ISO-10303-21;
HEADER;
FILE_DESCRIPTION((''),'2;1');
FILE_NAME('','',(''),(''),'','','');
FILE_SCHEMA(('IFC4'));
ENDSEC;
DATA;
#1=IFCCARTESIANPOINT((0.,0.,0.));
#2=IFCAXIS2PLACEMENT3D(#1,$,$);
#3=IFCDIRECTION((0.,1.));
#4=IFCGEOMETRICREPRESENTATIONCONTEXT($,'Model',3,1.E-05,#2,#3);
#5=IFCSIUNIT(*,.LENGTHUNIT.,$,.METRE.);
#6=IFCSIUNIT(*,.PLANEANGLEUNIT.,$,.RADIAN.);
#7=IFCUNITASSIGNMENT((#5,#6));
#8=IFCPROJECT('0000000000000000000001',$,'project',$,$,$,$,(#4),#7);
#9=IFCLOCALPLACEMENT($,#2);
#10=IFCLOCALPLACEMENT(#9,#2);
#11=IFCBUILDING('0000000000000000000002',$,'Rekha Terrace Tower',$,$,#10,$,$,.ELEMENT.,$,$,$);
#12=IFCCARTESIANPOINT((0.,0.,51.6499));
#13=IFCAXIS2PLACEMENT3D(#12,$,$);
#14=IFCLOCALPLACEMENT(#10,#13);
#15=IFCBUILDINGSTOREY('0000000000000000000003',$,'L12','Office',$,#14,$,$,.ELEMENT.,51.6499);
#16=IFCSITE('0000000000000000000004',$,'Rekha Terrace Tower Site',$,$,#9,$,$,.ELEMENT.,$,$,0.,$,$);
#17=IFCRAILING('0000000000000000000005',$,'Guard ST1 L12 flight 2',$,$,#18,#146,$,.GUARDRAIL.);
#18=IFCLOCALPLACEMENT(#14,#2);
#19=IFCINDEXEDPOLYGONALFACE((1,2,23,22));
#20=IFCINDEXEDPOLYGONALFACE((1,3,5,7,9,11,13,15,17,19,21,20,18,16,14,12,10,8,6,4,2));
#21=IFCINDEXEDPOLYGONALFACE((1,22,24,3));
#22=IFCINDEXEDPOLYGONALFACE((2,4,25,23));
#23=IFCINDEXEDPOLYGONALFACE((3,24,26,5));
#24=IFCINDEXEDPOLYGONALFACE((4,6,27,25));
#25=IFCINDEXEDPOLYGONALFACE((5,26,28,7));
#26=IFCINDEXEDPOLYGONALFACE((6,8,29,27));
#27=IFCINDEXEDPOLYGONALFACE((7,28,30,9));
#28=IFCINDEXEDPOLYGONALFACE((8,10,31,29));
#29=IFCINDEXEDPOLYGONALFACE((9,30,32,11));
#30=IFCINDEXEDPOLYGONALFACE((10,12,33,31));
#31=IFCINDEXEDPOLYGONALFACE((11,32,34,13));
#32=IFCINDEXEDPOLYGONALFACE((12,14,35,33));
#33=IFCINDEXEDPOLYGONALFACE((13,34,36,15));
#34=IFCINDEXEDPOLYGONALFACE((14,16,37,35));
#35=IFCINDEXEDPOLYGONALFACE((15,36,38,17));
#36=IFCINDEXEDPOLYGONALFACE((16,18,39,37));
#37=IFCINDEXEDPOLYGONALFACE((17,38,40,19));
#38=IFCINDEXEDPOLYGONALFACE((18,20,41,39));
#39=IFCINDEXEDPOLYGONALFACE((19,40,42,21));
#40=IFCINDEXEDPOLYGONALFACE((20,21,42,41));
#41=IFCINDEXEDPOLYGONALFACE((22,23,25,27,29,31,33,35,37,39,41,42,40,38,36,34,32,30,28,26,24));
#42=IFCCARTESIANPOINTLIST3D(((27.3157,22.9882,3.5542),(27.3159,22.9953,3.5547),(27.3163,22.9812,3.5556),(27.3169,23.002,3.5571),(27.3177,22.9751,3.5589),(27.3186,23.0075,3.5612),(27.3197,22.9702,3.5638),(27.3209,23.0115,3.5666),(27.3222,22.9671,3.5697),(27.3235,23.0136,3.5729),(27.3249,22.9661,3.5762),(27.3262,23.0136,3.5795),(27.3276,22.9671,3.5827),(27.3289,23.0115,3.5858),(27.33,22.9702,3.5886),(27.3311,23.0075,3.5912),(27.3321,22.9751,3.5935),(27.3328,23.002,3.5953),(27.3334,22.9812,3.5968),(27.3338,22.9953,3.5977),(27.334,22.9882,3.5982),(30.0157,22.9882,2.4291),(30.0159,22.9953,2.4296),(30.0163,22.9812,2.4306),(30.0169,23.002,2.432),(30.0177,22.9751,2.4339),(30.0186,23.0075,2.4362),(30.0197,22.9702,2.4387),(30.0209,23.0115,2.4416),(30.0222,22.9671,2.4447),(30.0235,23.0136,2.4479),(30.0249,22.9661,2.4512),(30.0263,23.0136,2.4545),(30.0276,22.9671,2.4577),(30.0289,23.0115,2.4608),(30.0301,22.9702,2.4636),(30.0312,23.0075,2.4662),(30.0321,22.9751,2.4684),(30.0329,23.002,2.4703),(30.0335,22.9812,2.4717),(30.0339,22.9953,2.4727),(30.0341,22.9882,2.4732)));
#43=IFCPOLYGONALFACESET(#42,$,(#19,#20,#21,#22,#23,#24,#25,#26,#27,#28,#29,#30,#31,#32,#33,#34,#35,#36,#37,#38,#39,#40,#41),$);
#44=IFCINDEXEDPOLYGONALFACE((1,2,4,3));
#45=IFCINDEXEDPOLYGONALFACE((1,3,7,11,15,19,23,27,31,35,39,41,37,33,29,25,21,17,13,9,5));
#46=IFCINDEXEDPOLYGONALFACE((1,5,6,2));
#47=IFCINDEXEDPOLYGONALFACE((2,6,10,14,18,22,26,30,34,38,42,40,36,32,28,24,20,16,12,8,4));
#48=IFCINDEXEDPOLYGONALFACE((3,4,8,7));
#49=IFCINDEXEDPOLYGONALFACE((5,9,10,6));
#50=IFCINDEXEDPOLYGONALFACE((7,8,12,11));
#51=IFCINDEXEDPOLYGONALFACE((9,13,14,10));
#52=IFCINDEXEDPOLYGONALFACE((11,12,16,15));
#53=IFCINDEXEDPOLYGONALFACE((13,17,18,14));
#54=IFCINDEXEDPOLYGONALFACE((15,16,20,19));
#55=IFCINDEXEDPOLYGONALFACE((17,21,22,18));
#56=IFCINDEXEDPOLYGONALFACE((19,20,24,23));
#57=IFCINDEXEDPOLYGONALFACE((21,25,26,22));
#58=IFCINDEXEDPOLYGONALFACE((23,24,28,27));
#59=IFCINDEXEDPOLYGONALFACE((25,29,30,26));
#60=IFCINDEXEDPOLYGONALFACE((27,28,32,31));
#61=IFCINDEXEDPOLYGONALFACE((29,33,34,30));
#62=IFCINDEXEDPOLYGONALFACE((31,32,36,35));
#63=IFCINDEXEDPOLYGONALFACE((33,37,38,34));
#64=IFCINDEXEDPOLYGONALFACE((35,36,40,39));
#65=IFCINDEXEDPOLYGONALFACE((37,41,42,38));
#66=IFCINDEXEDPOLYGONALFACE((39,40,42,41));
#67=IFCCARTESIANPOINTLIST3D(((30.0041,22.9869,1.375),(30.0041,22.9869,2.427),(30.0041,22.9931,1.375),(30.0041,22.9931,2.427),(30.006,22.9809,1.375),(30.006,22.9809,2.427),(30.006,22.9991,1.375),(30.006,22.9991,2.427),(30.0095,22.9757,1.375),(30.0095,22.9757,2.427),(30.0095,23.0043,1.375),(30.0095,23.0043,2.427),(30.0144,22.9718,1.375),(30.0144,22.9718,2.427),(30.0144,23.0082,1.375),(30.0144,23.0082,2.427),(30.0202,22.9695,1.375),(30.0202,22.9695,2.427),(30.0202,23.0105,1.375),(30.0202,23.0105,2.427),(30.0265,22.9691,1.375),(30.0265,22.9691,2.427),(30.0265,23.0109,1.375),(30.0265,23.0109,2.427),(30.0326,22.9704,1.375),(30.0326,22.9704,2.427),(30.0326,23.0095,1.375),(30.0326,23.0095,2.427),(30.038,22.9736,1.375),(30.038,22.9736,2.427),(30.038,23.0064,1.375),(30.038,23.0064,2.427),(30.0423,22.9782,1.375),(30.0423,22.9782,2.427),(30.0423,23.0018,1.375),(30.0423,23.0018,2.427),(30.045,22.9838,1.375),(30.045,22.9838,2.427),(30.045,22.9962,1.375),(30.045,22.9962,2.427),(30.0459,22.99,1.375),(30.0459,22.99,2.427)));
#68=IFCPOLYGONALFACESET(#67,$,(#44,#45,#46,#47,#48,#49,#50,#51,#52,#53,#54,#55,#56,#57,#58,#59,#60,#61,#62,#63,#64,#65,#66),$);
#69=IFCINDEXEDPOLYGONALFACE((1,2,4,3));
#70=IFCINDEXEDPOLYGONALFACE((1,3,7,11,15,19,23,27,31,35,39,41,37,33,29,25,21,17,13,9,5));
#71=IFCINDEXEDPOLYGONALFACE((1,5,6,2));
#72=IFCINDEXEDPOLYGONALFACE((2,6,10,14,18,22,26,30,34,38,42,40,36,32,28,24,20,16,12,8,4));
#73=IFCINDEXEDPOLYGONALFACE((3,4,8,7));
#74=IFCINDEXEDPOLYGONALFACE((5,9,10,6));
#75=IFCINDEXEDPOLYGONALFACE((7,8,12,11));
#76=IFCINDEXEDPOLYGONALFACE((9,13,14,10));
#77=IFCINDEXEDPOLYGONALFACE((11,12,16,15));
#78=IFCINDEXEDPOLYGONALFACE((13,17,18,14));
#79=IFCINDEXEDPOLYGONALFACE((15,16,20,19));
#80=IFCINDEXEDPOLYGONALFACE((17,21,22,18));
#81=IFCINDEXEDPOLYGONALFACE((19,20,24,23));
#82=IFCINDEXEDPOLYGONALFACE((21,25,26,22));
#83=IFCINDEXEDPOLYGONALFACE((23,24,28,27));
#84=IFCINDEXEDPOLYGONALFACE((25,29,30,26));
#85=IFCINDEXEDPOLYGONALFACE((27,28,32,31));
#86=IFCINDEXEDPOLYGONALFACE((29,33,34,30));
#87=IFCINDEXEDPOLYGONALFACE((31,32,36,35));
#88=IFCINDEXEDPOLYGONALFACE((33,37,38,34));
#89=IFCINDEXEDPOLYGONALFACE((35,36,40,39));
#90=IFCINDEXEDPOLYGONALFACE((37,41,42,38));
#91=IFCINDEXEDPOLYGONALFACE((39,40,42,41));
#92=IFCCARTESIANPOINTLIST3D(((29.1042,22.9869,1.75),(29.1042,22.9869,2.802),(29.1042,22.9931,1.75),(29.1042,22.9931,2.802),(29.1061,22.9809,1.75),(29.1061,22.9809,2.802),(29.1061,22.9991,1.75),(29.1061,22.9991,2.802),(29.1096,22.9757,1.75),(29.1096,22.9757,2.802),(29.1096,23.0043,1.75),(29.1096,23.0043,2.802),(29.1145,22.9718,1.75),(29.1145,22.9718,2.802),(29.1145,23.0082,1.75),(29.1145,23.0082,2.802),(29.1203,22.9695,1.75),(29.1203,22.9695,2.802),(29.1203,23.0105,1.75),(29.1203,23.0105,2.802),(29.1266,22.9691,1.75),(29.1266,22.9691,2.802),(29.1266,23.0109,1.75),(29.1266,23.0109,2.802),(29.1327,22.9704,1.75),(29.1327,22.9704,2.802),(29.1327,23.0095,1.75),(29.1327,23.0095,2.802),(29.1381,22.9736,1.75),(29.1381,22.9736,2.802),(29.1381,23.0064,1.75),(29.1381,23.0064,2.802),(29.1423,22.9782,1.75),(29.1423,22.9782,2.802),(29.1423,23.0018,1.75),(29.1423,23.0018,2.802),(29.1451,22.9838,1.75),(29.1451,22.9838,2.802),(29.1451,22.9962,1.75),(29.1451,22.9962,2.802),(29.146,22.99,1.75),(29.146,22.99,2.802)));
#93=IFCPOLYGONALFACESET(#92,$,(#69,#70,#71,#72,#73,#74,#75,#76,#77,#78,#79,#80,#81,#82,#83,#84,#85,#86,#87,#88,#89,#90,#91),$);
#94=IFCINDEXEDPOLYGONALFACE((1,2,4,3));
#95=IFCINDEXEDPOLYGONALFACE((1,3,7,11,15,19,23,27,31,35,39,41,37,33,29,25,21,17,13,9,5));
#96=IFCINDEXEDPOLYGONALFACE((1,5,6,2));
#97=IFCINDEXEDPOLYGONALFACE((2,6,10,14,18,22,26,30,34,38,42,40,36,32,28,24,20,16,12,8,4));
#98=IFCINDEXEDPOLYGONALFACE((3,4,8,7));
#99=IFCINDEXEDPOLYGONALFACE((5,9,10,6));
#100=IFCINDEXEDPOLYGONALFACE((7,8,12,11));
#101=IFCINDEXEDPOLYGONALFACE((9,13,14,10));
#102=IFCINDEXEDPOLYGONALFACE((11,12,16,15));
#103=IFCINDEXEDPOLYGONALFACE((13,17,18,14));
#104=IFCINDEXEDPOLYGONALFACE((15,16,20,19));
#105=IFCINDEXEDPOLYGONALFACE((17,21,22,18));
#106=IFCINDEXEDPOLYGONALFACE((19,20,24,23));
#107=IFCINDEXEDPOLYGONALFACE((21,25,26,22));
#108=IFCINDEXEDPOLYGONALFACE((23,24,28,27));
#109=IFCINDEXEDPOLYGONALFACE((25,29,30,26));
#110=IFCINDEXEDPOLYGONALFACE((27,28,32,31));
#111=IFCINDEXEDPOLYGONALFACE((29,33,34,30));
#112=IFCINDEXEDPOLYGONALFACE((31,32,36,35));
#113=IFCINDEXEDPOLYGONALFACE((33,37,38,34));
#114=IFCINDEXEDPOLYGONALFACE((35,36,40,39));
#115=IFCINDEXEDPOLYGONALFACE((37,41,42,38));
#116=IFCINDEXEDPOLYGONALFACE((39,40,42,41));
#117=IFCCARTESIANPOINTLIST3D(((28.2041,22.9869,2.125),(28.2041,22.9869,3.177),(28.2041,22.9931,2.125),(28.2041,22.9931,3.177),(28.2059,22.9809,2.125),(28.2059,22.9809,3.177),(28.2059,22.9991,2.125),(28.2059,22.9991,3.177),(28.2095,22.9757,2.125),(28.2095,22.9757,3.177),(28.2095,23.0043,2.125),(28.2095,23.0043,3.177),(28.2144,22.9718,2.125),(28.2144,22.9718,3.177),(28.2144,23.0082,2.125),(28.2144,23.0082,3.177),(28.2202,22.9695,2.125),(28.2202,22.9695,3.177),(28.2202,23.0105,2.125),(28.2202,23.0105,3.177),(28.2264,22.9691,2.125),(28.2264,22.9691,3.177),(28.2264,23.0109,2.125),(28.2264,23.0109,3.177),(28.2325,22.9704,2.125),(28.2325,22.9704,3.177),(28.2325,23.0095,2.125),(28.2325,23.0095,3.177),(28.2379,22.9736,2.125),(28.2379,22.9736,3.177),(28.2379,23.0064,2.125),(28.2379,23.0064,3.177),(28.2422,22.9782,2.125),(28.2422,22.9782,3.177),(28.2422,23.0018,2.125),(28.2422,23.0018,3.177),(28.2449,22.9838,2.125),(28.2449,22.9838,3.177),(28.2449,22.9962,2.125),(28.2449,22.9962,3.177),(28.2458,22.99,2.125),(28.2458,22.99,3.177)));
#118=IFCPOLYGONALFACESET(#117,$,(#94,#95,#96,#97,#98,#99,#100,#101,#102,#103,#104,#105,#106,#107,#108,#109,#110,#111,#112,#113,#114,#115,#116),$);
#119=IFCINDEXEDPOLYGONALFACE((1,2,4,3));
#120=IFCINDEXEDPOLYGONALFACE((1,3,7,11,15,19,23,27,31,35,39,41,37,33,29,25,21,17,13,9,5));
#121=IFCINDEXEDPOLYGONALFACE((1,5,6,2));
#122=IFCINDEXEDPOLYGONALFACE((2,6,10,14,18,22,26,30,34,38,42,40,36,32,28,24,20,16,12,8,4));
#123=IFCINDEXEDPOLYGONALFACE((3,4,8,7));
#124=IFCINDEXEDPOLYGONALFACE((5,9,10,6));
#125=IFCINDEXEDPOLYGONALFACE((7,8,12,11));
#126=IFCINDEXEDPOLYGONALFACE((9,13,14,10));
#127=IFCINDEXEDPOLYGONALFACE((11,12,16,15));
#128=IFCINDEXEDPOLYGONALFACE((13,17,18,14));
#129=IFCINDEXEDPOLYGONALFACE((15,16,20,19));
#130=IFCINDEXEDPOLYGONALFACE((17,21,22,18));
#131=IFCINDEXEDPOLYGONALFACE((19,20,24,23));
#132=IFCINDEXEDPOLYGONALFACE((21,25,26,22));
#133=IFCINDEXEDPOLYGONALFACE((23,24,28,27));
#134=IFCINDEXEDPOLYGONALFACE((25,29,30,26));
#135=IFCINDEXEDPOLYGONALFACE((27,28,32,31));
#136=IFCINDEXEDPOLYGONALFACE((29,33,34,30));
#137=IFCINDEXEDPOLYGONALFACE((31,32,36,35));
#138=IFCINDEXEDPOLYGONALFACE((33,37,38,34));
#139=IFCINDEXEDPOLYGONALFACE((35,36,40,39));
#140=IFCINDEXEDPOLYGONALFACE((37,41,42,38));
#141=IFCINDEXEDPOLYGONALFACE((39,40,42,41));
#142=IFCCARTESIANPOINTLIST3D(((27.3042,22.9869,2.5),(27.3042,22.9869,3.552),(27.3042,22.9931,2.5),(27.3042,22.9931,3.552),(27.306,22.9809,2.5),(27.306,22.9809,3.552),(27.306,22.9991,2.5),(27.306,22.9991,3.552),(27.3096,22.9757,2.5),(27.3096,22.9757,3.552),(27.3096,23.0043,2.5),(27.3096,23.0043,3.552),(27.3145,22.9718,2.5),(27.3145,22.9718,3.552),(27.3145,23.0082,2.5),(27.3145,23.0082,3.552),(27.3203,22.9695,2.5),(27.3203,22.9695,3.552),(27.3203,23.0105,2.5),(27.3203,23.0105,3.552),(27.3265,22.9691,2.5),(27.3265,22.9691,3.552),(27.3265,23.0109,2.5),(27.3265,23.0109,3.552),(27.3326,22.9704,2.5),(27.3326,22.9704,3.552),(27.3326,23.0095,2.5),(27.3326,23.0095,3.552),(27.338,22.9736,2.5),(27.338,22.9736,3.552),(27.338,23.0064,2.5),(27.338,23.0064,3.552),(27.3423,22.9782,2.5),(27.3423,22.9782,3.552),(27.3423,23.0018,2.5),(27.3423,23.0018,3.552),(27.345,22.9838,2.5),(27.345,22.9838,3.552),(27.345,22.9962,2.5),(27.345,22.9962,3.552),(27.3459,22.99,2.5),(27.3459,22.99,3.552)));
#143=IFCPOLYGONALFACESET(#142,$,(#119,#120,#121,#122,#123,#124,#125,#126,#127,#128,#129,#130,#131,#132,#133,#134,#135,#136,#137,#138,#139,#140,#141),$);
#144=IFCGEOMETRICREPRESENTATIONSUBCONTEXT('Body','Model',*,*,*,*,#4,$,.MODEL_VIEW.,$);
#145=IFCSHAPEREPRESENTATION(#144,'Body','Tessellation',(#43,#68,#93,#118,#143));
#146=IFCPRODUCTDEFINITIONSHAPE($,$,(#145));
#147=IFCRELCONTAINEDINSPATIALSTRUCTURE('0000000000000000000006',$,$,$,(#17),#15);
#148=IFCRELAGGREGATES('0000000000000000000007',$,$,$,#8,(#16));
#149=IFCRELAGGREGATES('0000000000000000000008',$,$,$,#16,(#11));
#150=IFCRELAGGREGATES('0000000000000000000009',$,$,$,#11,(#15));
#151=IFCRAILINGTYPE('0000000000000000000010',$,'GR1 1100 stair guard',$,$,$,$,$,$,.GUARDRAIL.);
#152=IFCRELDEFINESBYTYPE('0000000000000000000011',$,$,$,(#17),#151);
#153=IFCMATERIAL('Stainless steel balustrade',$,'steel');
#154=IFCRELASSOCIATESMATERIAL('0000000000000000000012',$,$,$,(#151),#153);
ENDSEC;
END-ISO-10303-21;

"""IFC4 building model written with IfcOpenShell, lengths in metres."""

from ifc_helpers import new_model, si_unit, direction, frame, origin, origin_2d, place, context, subcontext, project, spatial, circle, extrude, material, type_object, element, save


model = new_model("IFC4")

# Units and contexts
model_context = context("Model", 3, precision=1e-05, world=origin(), true_north=direction((0.0, 1.0)))
body_context = subcontext(model_context, "Body", "Model", "MODEL_VIEW")
ifc_project = project(units=[si_unit("LENGTHUNIT", "METRE"), si_unit("PLANEANGLEUNIT", "RADIAN")], contexts=[model_context])

# Site, building, storey
site_placement = place(None, origin())
site = spatial("IfcSite", under=ifc_project, at=site_placement, Name="Rekha Terrace Tower Site", CompositionType="ELEMENT", RefElevation=0.0)
building_placement = place(site_placement, origin())
building = spatial("IfcBuilding", under=site, at=building_placement, Name="Rekha Terrace Tower", CompositionType="ELEMENT")
storey_placement = place(building_placement, frame((0.0, 0.0, 51.6499)))
storey = spatial("IfcBuildingStorey", under=building, at=storey_placement, Name="L12", Description="Office", CompositionType="ELEMENT", Elevation=51.6499)

# Railing
ifc_material_1 = material(Name="Stainless steel balustrade", Category="steel")
railing_type_1 = type_object("IfcRailingType", Name="GR1 1100 stair guard", PredefinedType="GUARDRAIL", material=ifc_material_1)
railing_1_placement = place(storey_placement, frame((30.0249, 22.99, 1.375)))
element("IfcRailing", 1, at=railing_1_placement, inside=storey, type_object=railing_type_1, Name="Guard ST1 L12 flight 2", PredefinedType="GUARDRAIL", context=body_context, shape_type="SweptSolid", body=[
    extrude(circle(Radius=0.0239, at=origin_2d()), frame((0.0, 0.0, 1.0762), z_axis=(-0.923074, 0.0, 0.384621), x_axis=(0.0, -1.0, 0.0)), (0.0, 0.0, 1.0), 2.925),
    extrude(circle(Radius=0.021, at=origin_2d()), origin(), (0.0, 0.0, 1.0), 1.052),
    extrude(circle(Radius=0.021, at=origin_2d()), frame((-0.8999, 0.0, 0.375)), (0.0, 0.0, 1.0), 1.052),
    extrude(circle(Radius=0.021, at=origin_2d()), frame((-1.8, 0.0, 0.75)), (0.0, 0.0, 1.0), 1.052),
    extrude(circle(Radius=0.021, at=origin_2d()), frame((-2.7, 0.0, 1.125)), (0.0, 0.0, 1.0), 1.052),
])

save(model, "model.ifc")
